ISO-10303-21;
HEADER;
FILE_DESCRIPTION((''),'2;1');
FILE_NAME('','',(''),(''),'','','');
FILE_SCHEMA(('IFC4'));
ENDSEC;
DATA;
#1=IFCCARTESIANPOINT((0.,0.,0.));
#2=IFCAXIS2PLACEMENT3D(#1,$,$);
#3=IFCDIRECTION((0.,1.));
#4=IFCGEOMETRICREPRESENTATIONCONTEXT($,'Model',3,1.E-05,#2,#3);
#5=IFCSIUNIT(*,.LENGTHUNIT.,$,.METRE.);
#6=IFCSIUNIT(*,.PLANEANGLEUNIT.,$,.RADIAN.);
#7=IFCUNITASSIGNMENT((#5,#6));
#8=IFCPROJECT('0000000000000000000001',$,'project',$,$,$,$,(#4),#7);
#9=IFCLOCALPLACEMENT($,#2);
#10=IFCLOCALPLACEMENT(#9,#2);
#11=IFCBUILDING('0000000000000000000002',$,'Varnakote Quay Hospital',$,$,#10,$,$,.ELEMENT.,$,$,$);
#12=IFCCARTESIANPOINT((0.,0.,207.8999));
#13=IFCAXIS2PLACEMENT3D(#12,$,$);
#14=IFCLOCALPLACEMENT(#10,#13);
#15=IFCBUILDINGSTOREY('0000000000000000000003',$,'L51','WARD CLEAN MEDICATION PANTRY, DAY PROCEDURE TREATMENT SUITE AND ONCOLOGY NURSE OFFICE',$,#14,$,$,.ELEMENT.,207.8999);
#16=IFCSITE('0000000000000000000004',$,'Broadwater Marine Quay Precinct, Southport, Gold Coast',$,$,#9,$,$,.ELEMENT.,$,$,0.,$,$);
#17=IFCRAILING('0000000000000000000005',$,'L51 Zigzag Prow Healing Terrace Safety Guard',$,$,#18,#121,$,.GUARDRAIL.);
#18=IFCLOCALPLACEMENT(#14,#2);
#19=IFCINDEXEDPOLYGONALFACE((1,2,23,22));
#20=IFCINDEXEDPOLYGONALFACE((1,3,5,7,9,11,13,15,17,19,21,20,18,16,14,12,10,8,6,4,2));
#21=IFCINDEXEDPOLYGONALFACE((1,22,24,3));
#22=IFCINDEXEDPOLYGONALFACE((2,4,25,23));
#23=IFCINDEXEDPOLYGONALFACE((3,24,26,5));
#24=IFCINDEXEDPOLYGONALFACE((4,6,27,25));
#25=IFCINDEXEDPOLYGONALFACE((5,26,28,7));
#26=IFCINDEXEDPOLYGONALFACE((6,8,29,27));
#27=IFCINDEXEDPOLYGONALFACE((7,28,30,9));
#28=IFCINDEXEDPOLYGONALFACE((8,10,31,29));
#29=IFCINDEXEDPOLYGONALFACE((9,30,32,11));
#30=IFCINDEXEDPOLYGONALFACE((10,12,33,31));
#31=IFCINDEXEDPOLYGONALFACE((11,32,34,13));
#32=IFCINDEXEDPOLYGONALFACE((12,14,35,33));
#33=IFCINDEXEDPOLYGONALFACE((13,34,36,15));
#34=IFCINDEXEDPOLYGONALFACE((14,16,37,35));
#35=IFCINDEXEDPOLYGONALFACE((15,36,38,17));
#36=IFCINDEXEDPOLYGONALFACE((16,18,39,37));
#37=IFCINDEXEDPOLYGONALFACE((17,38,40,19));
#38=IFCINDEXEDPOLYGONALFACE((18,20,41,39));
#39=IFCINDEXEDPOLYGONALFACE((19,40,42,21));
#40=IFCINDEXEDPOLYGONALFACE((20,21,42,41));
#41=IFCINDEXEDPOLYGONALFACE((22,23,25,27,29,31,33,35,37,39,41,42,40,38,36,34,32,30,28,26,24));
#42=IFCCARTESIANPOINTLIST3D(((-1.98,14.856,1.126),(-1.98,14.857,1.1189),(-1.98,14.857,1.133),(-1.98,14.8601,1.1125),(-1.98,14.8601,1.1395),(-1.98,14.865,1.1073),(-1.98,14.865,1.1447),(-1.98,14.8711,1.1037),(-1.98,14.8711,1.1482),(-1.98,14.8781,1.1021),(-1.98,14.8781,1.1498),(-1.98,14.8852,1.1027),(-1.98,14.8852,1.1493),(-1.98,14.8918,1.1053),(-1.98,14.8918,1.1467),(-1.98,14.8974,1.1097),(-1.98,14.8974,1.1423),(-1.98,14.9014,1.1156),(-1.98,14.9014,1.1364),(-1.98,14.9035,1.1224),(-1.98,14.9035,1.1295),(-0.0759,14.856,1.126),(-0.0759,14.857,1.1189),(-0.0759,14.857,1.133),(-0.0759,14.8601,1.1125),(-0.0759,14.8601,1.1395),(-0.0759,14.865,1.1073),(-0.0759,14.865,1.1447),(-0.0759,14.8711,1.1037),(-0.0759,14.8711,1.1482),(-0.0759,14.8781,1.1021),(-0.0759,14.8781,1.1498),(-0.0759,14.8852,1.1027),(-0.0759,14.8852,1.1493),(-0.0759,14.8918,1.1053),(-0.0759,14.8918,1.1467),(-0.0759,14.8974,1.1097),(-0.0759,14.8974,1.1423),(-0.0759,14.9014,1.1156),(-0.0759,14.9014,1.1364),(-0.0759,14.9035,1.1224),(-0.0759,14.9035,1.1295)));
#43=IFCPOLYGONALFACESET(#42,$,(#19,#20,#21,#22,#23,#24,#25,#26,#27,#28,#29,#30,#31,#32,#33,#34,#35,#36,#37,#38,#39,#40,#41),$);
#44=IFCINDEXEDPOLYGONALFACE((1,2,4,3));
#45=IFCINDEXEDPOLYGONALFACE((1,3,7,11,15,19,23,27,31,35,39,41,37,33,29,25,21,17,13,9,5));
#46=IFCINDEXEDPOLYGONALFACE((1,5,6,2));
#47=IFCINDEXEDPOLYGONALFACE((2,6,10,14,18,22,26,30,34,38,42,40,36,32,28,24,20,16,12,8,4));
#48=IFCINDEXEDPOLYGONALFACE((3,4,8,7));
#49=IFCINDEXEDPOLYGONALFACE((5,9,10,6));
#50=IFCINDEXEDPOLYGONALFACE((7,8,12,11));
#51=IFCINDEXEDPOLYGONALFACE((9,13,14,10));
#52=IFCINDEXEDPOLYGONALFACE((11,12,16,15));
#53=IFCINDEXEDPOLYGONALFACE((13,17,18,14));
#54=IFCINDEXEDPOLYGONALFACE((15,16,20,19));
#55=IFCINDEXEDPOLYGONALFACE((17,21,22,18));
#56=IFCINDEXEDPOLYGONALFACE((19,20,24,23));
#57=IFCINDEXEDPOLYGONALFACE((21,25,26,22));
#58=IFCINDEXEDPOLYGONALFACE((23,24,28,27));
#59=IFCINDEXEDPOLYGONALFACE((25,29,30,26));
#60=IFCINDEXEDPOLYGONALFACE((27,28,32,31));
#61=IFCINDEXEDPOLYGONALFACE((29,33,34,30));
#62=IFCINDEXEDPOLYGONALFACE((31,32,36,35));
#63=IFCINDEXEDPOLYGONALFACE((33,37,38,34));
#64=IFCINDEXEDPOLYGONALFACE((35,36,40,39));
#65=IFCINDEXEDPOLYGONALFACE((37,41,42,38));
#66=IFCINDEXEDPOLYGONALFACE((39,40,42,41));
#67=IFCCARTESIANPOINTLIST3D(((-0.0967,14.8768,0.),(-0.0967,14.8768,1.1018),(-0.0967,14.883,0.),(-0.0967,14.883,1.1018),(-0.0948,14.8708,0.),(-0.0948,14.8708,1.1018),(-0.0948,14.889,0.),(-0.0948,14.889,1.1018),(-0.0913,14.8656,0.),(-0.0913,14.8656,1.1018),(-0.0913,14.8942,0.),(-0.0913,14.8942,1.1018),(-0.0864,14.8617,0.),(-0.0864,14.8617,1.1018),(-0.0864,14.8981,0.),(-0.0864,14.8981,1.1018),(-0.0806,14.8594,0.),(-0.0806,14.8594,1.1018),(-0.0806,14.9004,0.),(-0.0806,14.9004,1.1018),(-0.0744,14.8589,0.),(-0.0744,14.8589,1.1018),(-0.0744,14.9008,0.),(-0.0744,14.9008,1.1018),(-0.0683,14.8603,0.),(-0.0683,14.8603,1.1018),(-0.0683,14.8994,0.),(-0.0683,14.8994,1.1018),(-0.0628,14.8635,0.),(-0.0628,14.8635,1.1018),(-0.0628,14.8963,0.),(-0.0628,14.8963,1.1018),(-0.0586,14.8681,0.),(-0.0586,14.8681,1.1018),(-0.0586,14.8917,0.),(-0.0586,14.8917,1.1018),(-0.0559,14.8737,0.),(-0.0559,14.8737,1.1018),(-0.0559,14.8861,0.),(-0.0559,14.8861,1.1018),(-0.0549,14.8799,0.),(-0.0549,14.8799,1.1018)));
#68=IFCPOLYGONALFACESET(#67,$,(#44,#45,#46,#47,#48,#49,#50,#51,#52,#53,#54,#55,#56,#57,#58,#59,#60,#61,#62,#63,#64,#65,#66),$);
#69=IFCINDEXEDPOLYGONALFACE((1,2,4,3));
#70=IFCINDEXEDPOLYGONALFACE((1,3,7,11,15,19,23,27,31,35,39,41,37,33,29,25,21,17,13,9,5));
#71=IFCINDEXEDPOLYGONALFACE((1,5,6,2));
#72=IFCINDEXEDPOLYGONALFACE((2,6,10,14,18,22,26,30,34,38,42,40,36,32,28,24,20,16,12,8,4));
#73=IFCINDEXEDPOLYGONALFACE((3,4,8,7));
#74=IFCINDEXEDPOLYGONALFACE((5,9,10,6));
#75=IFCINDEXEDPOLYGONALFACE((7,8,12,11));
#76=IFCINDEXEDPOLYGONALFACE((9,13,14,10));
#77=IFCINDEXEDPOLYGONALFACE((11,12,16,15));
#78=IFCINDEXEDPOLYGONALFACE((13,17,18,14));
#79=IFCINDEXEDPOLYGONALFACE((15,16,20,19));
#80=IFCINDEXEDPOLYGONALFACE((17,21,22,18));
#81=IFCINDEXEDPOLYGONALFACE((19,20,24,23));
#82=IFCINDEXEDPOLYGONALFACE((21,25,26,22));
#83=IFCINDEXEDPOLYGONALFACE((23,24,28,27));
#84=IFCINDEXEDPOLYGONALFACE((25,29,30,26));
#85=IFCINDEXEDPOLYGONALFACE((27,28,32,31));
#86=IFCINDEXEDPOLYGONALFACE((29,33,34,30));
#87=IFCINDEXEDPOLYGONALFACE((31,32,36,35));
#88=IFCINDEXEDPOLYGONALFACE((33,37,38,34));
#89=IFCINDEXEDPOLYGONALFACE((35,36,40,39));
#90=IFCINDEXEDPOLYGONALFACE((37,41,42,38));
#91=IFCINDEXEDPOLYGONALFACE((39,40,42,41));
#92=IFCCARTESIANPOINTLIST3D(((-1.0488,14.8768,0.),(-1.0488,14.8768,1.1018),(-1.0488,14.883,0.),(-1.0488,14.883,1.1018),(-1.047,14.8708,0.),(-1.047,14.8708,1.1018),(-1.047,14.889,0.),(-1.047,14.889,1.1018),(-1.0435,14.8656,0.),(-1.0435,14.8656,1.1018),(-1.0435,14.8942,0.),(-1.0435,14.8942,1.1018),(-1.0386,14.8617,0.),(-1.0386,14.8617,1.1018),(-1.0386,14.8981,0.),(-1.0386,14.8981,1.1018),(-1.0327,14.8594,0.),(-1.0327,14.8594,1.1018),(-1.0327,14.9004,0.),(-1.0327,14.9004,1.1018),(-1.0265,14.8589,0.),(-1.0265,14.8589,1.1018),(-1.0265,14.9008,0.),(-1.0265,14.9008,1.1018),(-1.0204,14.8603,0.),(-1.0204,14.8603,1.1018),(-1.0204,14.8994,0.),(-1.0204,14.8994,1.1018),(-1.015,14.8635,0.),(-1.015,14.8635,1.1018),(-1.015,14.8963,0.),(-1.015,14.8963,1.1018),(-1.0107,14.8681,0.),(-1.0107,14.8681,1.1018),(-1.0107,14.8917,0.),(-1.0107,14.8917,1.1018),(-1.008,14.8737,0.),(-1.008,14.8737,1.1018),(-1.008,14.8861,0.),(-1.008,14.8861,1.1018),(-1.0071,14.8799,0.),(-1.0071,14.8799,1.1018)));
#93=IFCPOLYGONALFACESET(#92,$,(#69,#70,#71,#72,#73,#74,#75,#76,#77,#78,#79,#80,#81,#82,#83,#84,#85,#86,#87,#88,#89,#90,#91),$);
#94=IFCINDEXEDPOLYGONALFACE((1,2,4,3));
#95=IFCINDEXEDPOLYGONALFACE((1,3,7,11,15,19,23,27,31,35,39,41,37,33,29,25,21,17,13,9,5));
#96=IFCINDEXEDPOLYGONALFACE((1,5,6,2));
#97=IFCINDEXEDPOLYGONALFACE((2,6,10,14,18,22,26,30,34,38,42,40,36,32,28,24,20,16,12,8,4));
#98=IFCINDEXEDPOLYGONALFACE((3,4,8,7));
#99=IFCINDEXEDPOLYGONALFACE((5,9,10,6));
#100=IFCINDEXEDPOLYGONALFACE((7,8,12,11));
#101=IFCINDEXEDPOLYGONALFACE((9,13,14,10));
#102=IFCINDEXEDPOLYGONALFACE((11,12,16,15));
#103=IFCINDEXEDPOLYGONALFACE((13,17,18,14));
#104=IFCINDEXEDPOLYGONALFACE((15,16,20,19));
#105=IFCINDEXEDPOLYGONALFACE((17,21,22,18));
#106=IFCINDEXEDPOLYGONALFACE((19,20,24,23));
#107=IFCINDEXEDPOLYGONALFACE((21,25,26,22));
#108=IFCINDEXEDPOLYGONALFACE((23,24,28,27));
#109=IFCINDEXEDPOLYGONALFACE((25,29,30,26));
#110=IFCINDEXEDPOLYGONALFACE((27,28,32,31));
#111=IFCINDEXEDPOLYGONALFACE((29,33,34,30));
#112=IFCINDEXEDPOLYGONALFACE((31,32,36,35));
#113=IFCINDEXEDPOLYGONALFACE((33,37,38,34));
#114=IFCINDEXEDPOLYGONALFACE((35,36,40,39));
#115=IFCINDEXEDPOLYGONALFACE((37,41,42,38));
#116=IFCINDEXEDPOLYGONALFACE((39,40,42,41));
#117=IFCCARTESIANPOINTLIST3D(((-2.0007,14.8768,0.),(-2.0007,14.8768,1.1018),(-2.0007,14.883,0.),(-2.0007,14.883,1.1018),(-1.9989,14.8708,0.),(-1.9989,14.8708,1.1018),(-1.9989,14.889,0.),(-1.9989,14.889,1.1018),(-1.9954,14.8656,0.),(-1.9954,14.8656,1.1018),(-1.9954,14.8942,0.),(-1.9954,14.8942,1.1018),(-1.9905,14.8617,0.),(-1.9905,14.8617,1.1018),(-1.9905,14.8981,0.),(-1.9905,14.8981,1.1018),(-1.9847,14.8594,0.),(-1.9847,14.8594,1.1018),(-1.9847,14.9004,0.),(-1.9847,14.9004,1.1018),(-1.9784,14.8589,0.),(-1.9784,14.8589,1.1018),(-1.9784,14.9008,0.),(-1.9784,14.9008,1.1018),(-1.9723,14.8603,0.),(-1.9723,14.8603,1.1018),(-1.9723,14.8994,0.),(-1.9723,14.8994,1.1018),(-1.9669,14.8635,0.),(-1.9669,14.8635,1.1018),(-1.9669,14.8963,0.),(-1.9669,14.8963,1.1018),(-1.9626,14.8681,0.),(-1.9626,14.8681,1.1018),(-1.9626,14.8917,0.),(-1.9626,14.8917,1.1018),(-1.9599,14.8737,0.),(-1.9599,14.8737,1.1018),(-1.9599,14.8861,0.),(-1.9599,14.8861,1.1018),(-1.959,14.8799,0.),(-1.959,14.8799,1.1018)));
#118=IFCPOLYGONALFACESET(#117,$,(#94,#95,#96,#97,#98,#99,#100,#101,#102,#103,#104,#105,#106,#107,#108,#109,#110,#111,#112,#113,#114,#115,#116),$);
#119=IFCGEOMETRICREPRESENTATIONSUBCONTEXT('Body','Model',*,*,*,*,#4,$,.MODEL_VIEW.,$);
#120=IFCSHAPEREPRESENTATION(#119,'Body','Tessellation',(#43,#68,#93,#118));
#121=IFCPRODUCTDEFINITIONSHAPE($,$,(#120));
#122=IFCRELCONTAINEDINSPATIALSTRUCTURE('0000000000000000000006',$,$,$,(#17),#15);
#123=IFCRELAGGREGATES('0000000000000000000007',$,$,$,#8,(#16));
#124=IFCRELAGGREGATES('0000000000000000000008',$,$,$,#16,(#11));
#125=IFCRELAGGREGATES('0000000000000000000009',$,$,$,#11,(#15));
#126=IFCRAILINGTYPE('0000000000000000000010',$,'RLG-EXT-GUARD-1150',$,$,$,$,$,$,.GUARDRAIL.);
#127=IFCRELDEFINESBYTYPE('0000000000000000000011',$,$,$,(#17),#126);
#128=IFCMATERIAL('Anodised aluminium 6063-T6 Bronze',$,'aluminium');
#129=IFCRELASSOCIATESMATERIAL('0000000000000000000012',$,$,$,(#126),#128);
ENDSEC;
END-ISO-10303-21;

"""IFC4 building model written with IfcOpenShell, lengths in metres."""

from ifc_helpers import new_model, si_unit, direction, frame, origin, origin_2d, place, context, subcontext, project, spatial, circle, extrude, material, type_object, element, save


model = new_model("IFC4")

# Units and contexts
model_context = context("Model", 3, precision=1e-05, world=origin(), true_north=direction((0.0, 1.0)))
body_context = subcontext(model_context, "Body", "Model", "MODEL_VIEW")
ifc_project = project(units=[si_unit("LENGTHUNIT", "METRE"), si_unit("PLANEANGLEUNIT", "RADIAN")], contexts=[model_context])

# Site, building, storey
site_placement = place(None, origin())
site = spatial("IfcSite", under=ifc_project, at=site_placement, Name="Broadwater Marine Quay Precinct, Southport, Gold Coast", CompositionType="ELEMENT", RefElevation=0.0)
building_placement = place(site_placement, origin())
building = spatial("IfcBuilding", under=site, at=building_placement, Name="Varnakote Quay Hospital", CompositionType="ELEMENT")
storey_placement = place(building_placement, frame((0.0, 0.0, 207.8999)))
storey = spatial("IfcBuildingStorey", under=building, at=storey_placement, Name="L51", Description="WARD CLEAN MEDICATION PANTRY, DAY PROCEDURE TREATMENT SUITE AND ONCOLOGY NURSE OFFICE", CompositionType="ELEMENT", Elevation=207.8999)

# Railing
ifc_material_1 = material(Name="Anodised aluminium 6063-T6 Bronze", Category="aluminium")
railing_type = type_object("IfcRailingType", Name="RLG-EXT-GUARD-1150", PredefinedType="GUARDRAIL", material=ifc_material_1)
railing_1_placement = place(storey_placement, frame((-0.0759, 14.8799, 0.0)))
element("IfcRailing", 1, at=railing_1_placement, inside=storey, type_object=railing_type, Name="L51 Zigzag Prow Healing Terrace Safety Guard", PredefinedType="GUARDRAIL", context=body_context, shape_type="SweptSolid", body=[
    extrude(circle(Radius=0.0239, at=origin_2d()), frame((0.0, 0.0, 1.126), z_axis=(-1.0, 0.0, 0.0), x_axis=(0.0, -1.0, 0.0)), (0.0, 0.0, 1.0), 1.9041),
    extrude(circle(Radius=0.021, at=origin_2d()), origin(), (0.0, 0.0, 1.0), 1.1018),
    extrude(circle(Radius=0.021, at=origin_2d()), frame((-0.9521, 0.0, 0.0)), (0.0, 0.0, 1.0), 1.1018),
    extrude(circle(Radius=0.021, at=origin_2d()), frame((-1.9041, 0.0, 0.0)), (0.0, 0.0, 1.0), 1.1018),
])

save(model, "model.ifc")
